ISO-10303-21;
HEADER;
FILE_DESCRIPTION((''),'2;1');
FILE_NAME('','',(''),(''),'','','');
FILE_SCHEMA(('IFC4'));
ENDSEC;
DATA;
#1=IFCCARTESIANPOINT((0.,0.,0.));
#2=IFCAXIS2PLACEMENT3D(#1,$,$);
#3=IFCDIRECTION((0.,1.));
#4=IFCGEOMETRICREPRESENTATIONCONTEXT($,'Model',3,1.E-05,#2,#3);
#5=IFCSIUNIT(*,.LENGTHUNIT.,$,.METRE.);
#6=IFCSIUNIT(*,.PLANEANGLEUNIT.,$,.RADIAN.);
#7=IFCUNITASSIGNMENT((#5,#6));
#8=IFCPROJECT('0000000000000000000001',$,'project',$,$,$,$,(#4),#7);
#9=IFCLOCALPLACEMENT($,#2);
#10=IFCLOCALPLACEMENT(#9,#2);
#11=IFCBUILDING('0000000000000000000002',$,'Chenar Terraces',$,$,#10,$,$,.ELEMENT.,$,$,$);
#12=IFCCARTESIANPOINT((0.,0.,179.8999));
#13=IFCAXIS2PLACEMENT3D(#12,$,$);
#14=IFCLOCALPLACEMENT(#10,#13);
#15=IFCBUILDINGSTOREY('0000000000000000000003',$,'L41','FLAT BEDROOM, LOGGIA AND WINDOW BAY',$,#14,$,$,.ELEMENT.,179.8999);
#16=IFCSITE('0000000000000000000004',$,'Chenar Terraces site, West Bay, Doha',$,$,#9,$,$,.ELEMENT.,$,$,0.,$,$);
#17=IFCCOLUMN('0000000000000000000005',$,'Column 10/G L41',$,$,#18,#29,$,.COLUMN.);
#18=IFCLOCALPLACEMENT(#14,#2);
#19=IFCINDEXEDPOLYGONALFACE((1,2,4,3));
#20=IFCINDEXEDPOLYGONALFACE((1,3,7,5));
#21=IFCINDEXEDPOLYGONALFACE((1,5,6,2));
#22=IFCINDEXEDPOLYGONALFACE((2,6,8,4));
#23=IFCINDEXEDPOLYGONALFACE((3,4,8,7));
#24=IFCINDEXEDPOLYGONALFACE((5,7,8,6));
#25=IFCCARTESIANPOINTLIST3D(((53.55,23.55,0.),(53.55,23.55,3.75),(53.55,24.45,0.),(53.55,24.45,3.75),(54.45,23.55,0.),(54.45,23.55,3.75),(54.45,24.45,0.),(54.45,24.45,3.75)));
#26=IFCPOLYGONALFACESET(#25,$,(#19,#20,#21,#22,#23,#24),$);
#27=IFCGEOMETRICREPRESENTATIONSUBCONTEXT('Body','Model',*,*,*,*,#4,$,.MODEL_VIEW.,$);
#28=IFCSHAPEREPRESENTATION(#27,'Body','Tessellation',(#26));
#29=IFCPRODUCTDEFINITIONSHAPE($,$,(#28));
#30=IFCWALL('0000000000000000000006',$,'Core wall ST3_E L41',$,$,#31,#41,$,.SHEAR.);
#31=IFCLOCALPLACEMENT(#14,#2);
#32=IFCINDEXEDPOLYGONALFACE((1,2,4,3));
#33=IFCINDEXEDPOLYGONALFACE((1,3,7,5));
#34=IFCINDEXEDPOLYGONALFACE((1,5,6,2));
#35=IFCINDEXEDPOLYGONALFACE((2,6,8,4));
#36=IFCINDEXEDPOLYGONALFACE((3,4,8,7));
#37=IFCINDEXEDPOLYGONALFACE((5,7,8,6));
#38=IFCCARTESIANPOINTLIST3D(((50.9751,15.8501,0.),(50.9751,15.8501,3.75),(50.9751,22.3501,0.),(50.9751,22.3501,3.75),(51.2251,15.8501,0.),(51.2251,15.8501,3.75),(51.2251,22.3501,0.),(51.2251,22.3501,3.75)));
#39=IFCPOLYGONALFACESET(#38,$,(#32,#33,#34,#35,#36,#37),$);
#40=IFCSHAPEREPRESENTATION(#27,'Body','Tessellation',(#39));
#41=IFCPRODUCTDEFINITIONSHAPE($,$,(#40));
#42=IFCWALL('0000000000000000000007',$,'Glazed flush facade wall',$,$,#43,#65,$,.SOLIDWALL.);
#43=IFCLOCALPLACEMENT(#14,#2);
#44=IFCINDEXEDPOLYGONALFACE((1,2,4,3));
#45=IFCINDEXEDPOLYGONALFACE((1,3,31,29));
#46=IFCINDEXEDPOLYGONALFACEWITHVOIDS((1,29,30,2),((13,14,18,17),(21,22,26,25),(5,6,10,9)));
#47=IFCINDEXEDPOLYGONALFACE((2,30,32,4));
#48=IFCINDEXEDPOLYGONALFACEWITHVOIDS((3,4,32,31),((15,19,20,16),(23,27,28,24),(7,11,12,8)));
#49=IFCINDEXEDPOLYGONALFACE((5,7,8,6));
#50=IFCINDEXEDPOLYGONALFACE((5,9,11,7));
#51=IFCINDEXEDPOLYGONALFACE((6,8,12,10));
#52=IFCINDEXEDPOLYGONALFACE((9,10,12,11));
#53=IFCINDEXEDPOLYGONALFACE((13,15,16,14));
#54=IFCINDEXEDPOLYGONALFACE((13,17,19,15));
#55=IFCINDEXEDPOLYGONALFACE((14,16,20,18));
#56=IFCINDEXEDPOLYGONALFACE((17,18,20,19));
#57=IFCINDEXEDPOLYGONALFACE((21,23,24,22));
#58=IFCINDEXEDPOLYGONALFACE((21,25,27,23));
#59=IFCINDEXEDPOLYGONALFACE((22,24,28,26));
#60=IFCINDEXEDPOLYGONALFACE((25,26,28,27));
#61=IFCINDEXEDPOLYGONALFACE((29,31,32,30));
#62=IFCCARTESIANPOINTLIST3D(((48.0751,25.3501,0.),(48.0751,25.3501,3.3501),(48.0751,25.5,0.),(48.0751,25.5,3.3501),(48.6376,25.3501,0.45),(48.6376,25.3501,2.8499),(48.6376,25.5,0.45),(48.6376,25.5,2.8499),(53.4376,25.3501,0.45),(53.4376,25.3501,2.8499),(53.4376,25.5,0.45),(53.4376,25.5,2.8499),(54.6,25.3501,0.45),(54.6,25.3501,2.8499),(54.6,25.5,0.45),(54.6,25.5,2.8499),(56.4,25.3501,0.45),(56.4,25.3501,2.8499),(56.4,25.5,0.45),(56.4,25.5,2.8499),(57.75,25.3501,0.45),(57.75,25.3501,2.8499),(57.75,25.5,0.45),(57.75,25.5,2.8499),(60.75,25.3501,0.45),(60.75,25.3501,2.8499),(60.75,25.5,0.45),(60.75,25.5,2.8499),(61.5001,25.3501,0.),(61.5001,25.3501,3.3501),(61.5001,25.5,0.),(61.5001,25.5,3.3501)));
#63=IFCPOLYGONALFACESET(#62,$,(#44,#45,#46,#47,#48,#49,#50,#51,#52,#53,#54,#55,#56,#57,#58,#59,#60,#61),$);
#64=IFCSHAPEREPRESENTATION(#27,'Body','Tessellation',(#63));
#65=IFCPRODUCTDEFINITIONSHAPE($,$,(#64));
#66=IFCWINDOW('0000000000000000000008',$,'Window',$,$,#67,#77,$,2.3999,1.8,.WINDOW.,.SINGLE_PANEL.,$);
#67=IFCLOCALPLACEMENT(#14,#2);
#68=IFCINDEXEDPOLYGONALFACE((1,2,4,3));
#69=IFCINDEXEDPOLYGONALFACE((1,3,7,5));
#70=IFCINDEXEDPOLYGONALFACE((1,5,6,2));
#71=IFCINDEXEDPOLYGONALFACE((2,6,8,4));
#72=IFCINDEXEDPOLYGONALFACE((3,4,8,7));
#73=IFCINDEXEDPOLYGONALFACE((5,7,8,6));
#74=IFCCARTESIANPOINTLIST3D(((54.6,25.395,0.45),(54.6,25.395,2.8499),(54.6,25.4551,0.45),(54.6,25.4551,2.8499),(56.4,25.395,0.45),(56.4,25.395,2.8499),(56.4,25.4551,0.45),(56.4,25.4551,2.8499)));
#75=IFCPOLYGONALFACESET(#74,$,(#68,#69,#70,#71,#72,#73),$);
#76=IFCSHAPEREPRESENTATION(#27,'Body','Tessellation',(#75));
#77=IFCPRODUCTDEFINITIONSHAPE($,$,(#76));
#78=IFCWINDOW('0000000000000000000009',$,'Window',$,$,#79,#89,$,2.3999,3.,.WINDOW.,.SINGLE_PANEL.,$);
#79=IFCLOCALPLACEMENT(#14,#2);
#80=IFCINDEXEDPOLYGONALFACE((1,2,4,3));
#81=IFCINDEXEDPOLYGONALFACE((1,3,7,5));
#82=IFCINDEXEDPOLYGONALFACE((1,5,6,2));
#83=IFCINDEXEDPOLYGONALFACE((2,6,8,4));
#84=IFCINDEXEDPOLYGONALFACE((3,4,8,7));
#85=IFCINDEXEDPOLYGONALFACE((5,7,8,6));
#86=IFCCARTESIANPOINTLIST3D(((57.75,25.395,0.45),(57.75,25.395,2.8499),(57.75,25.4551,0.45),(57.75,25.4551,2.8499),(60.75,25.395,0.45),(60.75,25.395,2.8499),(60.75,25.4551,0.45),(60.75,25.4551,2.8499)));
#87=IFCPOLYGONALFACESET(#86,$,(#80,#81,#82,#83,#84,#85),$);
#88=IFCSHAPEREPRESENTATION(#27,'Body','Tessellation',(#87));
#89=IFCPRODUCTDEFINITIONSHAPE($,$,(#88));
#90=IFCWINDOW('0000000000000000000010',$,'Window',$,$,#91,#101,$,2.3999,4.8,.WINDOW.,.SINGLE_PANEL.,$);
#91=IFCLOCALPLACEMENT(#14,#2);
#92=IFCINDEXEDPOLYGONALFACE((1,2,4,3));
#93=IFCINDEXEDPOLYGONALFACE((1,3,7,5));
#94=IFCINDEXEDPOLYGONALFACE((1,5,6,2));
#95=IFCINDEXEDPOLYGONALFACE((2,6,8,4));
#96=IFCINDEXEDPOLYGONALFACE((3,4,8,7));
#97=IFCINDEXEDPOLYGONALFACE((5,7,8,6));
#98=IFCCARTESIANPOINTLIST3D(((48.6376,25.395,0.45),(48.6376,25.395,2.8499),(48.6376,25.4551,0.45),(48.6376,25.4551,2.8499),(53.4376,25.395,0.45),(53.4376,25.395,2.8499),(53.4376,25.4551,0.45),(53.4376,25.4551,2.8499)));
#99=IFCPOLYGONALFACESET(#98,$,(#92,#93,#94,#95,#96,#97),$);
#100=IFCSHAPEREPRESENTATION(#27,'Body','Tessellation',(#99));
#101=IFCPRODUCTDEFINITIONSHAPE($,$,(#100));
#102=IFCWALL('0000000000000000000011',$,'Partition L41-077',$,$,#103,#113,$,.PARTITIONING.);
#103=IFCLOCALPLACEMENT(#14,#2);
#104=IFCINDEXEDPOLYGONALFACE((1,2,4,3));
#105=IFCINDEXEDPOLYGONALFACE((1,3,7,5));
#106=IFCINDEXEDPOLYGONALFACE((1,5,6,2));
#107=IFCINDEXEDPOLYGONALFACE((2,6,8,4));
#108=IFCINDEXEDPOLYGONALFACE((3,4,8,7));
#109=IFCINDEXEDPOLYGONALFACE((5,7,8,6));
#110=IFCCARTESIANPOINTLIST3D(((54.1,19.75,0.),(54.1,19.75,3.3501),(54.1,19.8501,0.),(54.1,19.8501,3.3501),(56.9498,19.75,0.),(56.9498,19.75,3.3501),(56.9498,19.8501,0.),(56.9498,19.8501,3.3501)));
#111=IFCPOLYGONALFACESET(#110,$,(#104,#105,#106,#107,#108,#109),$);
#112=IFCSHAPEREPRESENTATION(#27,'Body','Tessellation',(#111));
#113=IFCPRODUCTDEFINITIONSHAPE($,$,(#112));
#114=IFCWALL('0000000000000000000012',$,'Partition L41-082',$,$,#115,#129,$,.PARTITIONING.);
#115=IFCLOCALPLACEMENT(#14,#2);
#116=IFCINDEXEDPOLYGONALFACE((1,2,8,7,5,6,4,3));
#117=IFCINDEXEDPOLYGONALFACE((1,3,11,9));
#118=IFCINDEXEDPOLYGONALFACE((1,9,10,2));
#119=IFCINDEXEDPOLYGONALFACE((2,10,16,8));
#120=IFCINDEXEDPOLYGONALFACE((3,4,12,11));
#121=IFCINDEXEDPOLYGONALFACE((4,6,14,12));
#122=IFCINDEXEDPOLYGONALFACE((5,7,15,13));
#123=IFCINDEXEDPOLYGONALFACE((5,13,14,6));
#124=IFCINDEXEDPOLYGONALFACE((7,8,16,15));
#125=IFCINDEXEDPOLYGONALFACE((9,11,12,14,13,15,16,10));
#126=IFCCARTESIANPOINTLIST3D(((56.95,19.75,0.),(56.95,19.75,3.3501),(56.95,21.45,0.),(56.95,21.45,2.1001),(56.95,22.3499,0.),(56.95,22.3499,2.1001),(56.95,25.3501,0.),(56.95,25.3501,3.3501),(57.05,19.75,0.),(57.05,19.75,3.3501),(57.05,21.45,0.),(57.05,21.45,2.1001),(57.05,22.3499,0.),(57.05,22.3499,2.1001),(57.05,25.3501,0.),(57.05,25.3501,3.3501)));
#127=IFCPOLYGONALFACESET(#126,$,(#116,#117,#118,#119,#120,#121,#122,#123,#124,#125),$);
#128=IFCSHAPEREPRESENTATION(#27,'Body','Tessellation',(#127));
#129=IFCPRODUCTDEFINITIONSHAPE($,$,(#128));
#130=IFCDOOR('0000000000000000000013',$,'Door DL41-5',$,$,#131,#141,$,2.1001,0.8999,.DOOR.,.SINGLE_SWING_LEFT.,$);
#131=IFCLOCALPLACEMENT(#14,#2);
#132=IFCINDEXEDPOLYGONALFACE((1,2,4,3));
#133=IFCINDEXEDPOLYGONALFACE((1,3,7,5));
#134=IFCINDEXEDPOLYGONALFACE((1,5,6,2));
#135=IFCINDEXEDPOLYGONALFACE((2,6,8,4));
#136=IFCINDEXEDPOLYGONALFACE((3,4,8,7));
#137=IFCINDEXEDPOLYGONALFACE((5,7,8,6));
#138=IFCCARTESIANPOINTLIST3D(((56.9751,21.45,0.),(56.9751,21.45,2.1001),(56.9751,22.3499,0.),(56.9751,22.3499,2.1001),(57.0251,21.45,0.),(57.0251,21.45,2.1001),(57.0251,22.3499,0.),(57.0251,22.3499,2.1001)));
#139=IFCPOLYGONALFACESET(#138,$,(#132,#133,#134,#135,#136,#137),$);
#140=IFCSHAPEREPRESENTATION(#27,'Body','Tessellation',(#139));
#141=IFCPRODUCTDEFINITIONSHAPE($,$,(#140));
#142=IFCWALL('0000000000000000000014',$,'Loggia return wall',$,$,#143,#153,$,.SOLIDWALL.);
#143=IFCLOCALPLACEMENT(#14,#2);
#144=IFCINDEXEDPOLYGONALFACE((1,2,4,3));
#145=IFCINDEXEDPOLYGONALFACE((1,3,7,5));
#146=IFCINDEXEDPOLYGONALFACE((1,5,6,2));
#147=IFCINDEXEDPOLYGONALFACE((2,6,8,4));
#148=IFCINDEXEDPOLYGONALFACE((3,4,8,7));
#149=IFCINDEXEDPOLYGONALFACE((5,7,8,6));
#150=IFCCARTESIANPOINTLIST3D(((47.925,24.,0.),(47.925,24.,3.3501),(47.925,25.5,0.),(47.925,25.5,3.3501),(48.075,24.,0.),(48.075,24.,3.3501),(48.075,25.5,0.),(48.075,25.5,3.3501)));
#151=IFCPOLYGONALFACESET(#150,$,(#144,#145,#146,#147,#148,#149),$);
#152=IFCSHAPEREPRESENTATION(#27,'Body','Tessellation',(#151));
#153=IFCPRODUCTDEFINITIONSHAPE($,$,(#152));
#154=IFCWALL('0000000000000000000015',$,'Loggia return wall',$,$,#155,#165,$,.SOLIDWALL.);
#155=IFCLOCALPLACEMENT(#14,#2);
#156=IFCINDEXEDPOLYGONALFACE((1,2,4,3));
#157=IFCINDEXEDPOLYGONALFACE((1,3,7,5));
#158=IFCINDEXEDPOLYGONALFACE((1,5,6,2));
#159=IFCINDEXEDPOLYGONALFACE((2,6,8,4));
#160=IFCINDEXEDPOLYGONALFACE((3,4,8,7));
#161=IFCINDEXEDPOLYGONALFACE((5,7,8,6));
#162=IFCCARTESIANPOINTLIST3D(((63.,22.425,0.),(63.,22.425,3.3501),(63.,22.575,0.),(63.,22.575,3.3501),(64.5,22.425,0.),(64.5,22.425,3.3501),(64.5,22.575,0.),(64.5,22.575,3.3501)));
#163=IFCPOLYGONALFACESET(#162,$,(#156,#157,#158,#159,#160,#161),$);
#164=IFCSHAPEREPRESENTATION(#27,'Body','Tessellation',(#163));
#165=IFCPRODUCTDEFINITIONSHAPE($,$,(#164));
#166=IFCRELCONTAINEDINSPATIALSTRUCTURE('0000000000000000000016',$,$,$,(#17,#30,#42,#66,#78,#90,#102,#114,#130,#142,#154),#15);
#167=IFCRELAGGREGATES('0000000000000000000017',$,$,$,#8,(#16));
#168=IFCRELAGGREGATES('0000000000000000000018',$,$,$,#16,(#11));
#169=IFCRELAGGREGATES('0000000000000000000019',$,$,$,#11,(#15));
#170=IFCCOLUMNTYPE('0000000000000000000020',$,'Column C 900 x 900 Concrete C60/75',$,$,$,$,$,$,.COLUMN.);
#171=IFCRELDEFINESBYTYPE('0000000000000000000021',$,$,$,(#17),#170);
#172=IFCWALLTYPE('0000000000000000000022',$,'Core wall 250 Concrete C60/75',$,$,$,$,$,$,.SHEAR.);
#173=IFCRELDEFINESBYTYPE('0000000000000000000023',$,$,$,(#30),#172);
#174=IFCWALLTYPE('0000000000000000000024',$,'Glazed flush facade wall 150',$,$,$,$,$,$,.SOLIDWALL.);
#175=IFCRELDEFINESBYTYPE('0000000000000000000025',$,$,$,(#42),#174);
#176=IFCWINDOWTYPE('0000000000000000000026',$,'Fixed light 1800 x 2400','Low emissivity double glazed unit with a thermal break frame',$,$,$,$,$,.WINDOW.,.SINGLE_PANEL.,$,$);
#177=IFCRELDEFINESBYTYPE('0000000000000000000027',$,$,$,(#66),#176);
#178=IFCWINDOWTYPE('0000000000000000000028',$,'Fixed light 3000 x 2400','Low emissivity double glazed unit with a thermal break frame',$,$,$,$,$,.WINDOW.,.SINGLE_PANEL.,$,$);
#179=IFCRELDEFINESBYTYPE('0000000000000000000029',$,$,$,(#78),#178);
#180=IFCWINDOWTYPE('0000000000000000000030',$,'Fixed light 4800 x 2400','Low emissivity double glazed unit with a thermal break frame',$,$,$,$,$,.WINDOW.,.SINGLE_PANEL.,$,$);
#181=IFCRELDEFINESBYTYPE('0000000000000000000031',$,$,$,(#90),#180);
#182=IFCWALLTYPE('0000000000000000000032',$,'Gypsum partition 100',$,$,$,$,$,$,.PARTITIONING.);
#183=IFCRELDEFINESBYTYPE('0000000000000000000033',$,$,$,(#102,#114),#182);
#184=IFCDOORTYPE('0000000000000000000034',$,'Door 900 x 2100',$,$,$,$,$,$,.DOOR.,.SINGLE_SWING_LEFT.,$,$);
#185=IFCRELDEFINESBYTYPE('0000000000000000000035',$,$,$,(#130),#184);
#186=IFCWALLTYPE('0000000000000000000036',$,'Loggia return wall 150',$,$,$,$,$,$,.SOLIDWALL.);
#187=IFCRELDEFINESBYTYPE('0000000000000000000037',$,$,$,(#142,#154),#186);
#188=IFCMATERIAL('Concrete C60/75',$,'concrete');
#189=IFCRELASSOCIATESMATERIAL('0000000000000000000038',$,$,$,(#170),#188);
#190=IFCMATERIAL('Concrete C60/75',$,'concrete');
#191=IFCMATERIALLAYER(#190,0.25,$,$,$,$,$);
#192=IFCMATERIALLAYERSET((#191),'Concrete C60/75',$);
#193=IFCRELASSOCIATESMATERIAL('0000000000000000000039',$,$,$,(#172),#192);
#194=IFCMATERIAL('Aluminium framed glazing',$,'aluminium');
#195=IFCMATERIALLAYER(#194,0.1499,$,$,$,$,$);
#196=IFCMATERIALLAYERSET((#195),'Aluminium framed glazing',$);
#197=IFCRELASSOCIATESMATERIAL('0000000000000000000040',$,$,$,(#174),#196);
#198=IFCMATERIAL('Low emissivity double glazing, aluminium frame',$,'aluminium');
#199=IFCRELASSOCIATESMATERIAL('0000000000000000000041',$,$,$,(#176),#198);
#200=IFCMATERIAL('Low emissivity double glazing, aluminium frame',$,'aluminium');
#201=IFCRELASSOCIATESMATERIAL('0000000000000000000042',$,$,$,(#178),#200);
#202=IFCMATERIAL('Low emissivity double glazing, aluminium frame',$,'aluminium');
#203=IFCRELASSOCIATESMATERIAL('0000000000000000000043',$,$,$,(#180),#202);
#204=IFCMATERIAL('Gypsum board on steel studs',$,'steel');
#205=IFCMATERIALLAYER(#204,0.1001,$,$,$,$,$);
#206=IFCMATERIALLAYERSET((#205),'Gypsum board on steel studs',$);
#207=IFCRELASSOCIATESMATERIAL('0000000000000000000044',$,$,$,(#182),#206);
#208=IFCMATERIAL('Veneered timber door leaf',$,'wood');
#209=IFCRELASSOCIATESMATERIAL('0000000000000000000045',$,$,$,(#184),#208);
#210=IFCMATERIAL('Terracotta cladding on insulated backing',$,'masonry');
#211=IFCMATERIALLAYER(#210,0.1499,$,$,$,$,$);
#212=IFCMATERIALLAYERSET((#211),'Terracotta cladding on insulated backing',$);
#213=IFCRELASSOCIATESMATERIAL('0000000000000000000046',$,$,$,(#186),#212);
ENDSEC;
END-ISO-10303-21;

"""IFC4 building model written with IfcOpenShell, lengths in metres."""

from ifc_helpers import new_model, si_unit, direction, frame, frame_2d, origin, origin_2d, place, context, subcontext, project, spatial, rectangle, extrude, material, layer, layer_set, material_profile, profile_set, type_object, element, fill, save


model = new_model("IFC4")

# Units and contexts
model_context = context("Model", 3, precision=1e-05, world=origin(), true_north=direction((0.0, 1.0)))
body_context = subcontext(model_context, "Body", "Model", "MODEL_VIEW")
ifc_project = project(units=[si_unit("LENGTHUNIT", "METRE"), si_unit("PLANEANGLEUNIT", "RADIAN")], contexts=[model_context])

# Site, building, storey
site_placement = place(None, origin())
site = spatial("IfcSite", under=ifc_project, at=site_placement, Name="Chenar Terraces site, West Bay, Doha", CompositionType="ELEMENT", RefElevation=0.0)
building_placement = place(site_placement, origin())
building = spatial("IfcBuilding", under=site, at=building_placement, Name="Chenar Terraces", CompositionType="ELEMENT")
storey_placement = place(building_placement, frame((0.0, 0.0, 179.8999)))
storey = spatial("IfcBuildingStorey", under=building, at=storey_placement, Name="L41", Description="FLAT BEDROOM, LOGGIA AND WINDOW BAY", CompositionType="ELEMENT", Elevation=179.8999)

# Column
ifc_material_1 = material(Name="Concrete C60/75", Category="concrete")
ifc_material_profile_1 = material_profile(ifc_material_1, rectangle(XDim=0.8999, YDim=0.8999, at=origin_2d()), Name="C 900 x 900")
ifc_profile_set_1 = profile_set([ifc_material_profile_1], Name="Concrete C60/75")
column_type = type_object("IfcColumnType", Name="Column C 900 x 900 Concrete C60/75", PredefinedType="COLUMN", material=ifc_profile_set_1)
column_placement = place(storey_placement, frame((54.0, 24.0, 0.0), z_axis=(0.0, 0.0, 1.0), x_axis=(1.0, 0.0, 0.0)))
element("IfcColumn", 1, at=column_placement, inside=storey, type_object=column_type, Name="Column 10/G L41", PredefinedType="COLUMN", context=body_context, shape_type="SweptSolid", body=[
    extrude(rectangle(XDim=0.8999, YDim=0.8999, at=origin_2d()), origin(), (0.0, 0.0, 1.0), 3.75),
])

# Wall
ifc_material_2 = material(Name="Concrete C60/75", Category="concrete")
ifc_layer_1 = layer(ifc_material_2, 0.25)
ifc_layer_set_1 = layer_set([ifc_layer_1], Name="Concrete C60/75")
wall_type_1 = type_object("IfcWallType", Name="Core wall 250 Concrete C60/75", PredefinedType="SHEAR", material=ifc_layer_set_1)
wall_1_placement = place(storey_placement, frame((51.1001, 15.8501, 0.0), z_axis=(0.0, 0.0, 1.0), x_axis=(0.0, 1.0, 0.0)))
element("IfcWall", 2, at=wall_1_placement, inside=storey, type_object=wall_type_1, Name="Core wall ST3_E L41", PredefinedType="SHEAR", context=body_context, shape_type="SweptSolid", body=[
    extrude(rectangle(XDim=6.5, YDim=0.25, at=frame_2d((3.25, 0.0))), origin(), (0.0, 0.0, 1.0), 3.75),
])

# Wall, openings, windows
ifc_material_3 = material(Name="Aluminium framed glazing", Category="aluminium")
ifc_layer_2 = layer(ifc_material_3, 0.1499)
ifc_layer_set_2 = layer_set([ifc_layer_2], Name="Aluminium framed glazing")
wall_type_2 = type_object("IfcWallType", Name="Glazed flush facade wall 150", PredefinedType="SOLIDWALL", material=ifc_layer_set_2)
wall_2_placement = place(storey_placement, frame((61.5, 25.425, 0.0), z_axis=(0.0, 0.0, 1.0), x_axis=(-1.0, 0.0, 0.0)))
wall_2 = element("IfcWall", 3, at=wall_2_placement, inside=storey, type_object=wall_type_2, Name="Glazed flush facade wall", PredefinedType="SOLIDWALL", context=body_context, shape_type="SweptSolid", body=[
    extrude(rectangle(XDim=13.425, YDim=0.1499, at=frame_2d((6.7124, 0.0))), origin(), (0.0, 0.0, 1.0), 3.3501),
])
opening_1_placement = place(wall_2_placement, frame((0.75, 0.0, 0.45)))
opening_1 = element("IfcOpeningElement", 4, at=opening_1_placement, cuts=wall_2, PredefinedType="OPENING", context=body_context, shape_type="SweptSolid", body=[
    extrude(rectangle(XDim=3.0, YDim=2.3999, at=frame_2d((1.5, 1.2))), frame((0.0, 0.085, 0.0), z_axis=(0.0, -1.0, 0.0), x_axis=(1.0, 0.0, 0.0)), (0.0, 0.0, 1.0), 0.1699),
])
opening_2_placement = place(wall_2_placement, frame((5.1001, 0.0, 0.45)))
opening_2 = element("IfcOpeningElement", 5, at=opening_2_placement, cuts=wall_2, PredefinedType="OPENING", context=body_context, shape_type="SweptSolid", body=[
    extrude(rectangle(XDim=1.8, YDim=2.3999, at=frame_2d((0.8999, 1.2))), frame((0.0, 0.085, 0.0), z_axis=(0.0, -1.0, 0.0), x_axis=(1.0, 0.0, 0.0)), (0.0, 0.0, 1.0), 0.1699),
])
opening_3_placement = place(wall_2_placement, frame((8.0625, 0.0, 0.45)))
opening_3 = element("IfcOpeningElement", 6, at=opening_3_placement, cuts=wall_2, PredefinedType="OPENING", context=body_context, shape_type="SweptSolid", body=[
    extrude(rectangle(XDim=4.8, YDim=2.3999, at=frame_2d((2.3999, 1.2))), frame((0.0, 0.085, 0.0), z_axis=(0.0, -1.0, 0.0), x_axis=(1.0, 0.0, 0.0)), (0.0, 0.0, 1.0), 0.1699),
])
ifc_material_4 = material(Name="Low emissivity double glazing, aluminium frame", Category="aluminium")
window_type_1 = type_object("IfcWindowType", Name="Fixed light 1800 x 2400", Description="Low emissivity double glazed unit with a thermal break frame", PartitioningType="SINGLE_PANEL", PredefinedType="WINDOW", material=ifc_material_4)
window_1_placement = place(opening_2_placement, origin())
window_1 = element("IfcWindow", 7, at=window_1_placement, inside=storey, type_object=window_type_1, Name="Window", OverallHeight=2.3999, OverallWidth=1.8, PartitioningType="SINGLE_PANEL", PredefinedType="WINDOW", context=body_context, shape_type="SweptSolid", body=[
    extrude(rectangle(XDim=1.8, YDim=2.3999, at=frame_2d((0.8999, 1.2))), frame((0.0, 0.03, 0.0), z_axis=(0.0, -1.0, 0.0), x_axis=(1.0, 0.0, 0.0)), (0.0, 0.0, 1.0), 0.0601),
])
fill(opening_2, window_1)
ifc_material_5 = material(Name="Low emissivity double glazing, aluminium frame", Category="aluminium")
window_type_2 = type_object("IfcWindowType", Name="Fixed light 3000 x 2400", Description="Low emissivity double glazed unit with a thermal break frame", PartitioningType="SINGLE_PANEL", PredefinedType="WINDOW", material=ifc_material_5)
window_2_placement = place(opening_1_placement, origin())
window_2 = element("IfcWindow", 8, at=window_2_placement, inside=storey, type_object=window_type_2, Name="Window", OverallHeight=2.3999, OverallWidth=3.0, PartitioningType="SINGLE_PANEL", PredefinedType="WINDOW", context=body_context, shape_type="SweptSolid", body=[
    extrude(rectangle(XDim=3.0, YDim=2.3999, at=frame_2d((1.5, 1.2))), frame((0.0, 0.03, 0.0), z_axis=(0.0, -1.0, 0.0), x_axis=(1.0, 0.0, 0.0)), (0.0, 0.0, 1.0), 0.0601),
])
fill(opening_1, window_2)
ifc_material_6 = material(Name="Low emissivity double glazing, aluminium frame", Category="aluminium")
window_type_3 = type_object("IfcWindowType", Name="Fixed light 4800 x 2400", Description="Low emissivity double glazed unit with a thermal break frame", PartitioningType="SINGLE_PANEL", PredefinedType="WINDOW", material=ifc_material_6)
window_3_placement = place(opening_3_placement, origin())
window_3 = element("IfcWindow", 9, at=window_3_placement, inside=storey, type_object=window_type_3, Name="Window", OverallHeight=2.3999, OverallWidth=4.8, PartitioningType="SINGLE_PANEL", PredefinedType="WINDOW", context=body_context, shape_type="SweptSolid", body=[
    extrude(rectangle(XDim=4.8, YDim=2.3999, at=frame_2d((2.3999, 1.2))), frame((0.0, 0.03, 0.0), z_axis=(0.0, -1.0, 0.0), x_axis=(1.0, 0.0, 0.0)), (0.0, 0.0, 1.0), 0.0601),
])
fill(opening_3, window_3)

# Wall
ifc_material_7 = material(Name="Gypsum board on steel studs", Category="steel")
ifc_layer_3 = layer(ifc_material_7, 0.1001)
ifc_layer_set_3 = layer_set([ifc_layer_3], Name="Gypsum board on steel studs")
wall_type_3 = type_object("IfcWallType", Name="Gypsum partition 100", PredefinedType="PARTITIONING", material=ifc_layer_set_3)
wall_3_placement = place(storey_placement, frame((54.1001, 19.8, 0.0), z_axis=(0.0, 0.0, 1.0), x_axis=(1.0, 0.0, 0.0)))
element("IfcWall", 10, at=wall_3_placement, inside=storey, type_object=wall_type_3, Name="Partition L41-077", PredefinedType="PARTITIONING", context=body_context, shape_type="SweptSolid", body=[
    extrude(rectangle(XDim=2.8499, YDim=0.1001, at=frame_2d((1.4248, 0.0))), origin(), (0.0, 0.0, 1.0), 3.3501),
])

# Wall, opening, door
wall_4_placement = place(storey_placement, frame((57.0, 19.75, 0.0), z_axis=(0.0, 0.0, 1.0), x_axis=(0.0, 1.0, 0.0)))
wall_4 = element("IfcWall", 11, at=wall_4_placement, inside=storey, type_object=wall_type_3, Name="Partition L41-082", PredefinedType="PARTITIONING", context=body_context, shape_type="SweptSolid", body=[
    extrude(rectangle(XDim=5.6001, YDim=0.1001, at=frame_2d((2.8, 0.0))), origin(), (0.0, 0.0, 1.0), 3.3501),
])
opening_4_placement = place(wall_4_placement, frame((1.7, 0.0, 0.0)))
opening_4 = element("IfcOpeningElement", 12, at=opening_4_placement, cuts=wall_4, PredefinedType="OPENING", context=body_context, shape_type="SweptSolid", body=[
    extrude(rectangle(XDim=0.8999, YDim=2.1001, at=frame_2d((0.45, 1.05))), frame((0.0, 0.0601, 0.0), z_axis=(0.0, -1.0, 0.0), x_axis=(1.0, 0.0, 0.0)), (0.0, 0.0, 1.0), 0.1201),
])
ifc_material_8 = material(Name="Veneered timber door leaf", Category="wood")
door_type_1 = type_object("IfcDoorType", Name="Door 900 x 2100", OperationType="SINGLE_SWING_LEFT", PredefinedType="DOOR", material=ifc_material_8)
door_1_placement = place(opening_4_placement, origin())
door_1 = element("IfcDoor", 13, at=door_1_placement, inside=storey, type_object=door_type_1, Name="Door DL41-5", OperationType="SINGLE_SWING_LEFT", OverallHeight=2.1001, OverallWidth=0.8999, PredefinedType="DOOR", context=body_context, shape_type="SweptSolid", body=[
    extrude(rectangle(XDim=0.8999, YDim=2.1001, at=frame_2d((0.45, 1.05))), frame((0.0, 0.0249, 0.0), z_axis=(0.0, -1.0, 0.0), x_axis=(1.0, 0.0, 0.0)), (0.0, 0.0, 1.0), 0.05),
])
fill(opening_4, door_1)

# Walls
ifc_material_9 = material(Name="Terracotta cladding on insulated backing", Category="masonry")
ifc_layer_4 = layer(ifc_material_9, 0.1499)
ifc_layer_set_4 = layer_set([ifc_layer_4], Name="Terracotta cladding on insulated backing")
wall_type_4 = type_object("IfcWallType", Name="Loggia return wall 150", PredefinedType="SOLIDWALL", material=ifc_layer_set_4)
for number, where, z_axis, x_axis, name in (
    (14, (48.0, 25.5, 0.0), (0.0, 0.0, 1.0), (0.0, -1.0, 0.0), "Loggia return wall"),
    (15, (64.5, 22.5, 0.0), (0.0, 0.0, 1.0), (-1.0, 0.0, 0.0), "Loggia return wall"),
):
    element("IfcWall", number, at=place(storey_placement, frame(where, z_axis=z_axis, x_axis=x_axis)), inside=storey, type_object=wall_type_4, Name=name, PredefinedType="SOLIDWALL", context=body_context, shape_type="SweptSolid", body=[
        extrude(rectangle(XDim=1.5, YDim=0.1499, at=frame_2d((0.75, 0.0))), origin(), (0.0, 0.0, 1.0), 3.3501),
    ])

save(model, "model.ifc")
